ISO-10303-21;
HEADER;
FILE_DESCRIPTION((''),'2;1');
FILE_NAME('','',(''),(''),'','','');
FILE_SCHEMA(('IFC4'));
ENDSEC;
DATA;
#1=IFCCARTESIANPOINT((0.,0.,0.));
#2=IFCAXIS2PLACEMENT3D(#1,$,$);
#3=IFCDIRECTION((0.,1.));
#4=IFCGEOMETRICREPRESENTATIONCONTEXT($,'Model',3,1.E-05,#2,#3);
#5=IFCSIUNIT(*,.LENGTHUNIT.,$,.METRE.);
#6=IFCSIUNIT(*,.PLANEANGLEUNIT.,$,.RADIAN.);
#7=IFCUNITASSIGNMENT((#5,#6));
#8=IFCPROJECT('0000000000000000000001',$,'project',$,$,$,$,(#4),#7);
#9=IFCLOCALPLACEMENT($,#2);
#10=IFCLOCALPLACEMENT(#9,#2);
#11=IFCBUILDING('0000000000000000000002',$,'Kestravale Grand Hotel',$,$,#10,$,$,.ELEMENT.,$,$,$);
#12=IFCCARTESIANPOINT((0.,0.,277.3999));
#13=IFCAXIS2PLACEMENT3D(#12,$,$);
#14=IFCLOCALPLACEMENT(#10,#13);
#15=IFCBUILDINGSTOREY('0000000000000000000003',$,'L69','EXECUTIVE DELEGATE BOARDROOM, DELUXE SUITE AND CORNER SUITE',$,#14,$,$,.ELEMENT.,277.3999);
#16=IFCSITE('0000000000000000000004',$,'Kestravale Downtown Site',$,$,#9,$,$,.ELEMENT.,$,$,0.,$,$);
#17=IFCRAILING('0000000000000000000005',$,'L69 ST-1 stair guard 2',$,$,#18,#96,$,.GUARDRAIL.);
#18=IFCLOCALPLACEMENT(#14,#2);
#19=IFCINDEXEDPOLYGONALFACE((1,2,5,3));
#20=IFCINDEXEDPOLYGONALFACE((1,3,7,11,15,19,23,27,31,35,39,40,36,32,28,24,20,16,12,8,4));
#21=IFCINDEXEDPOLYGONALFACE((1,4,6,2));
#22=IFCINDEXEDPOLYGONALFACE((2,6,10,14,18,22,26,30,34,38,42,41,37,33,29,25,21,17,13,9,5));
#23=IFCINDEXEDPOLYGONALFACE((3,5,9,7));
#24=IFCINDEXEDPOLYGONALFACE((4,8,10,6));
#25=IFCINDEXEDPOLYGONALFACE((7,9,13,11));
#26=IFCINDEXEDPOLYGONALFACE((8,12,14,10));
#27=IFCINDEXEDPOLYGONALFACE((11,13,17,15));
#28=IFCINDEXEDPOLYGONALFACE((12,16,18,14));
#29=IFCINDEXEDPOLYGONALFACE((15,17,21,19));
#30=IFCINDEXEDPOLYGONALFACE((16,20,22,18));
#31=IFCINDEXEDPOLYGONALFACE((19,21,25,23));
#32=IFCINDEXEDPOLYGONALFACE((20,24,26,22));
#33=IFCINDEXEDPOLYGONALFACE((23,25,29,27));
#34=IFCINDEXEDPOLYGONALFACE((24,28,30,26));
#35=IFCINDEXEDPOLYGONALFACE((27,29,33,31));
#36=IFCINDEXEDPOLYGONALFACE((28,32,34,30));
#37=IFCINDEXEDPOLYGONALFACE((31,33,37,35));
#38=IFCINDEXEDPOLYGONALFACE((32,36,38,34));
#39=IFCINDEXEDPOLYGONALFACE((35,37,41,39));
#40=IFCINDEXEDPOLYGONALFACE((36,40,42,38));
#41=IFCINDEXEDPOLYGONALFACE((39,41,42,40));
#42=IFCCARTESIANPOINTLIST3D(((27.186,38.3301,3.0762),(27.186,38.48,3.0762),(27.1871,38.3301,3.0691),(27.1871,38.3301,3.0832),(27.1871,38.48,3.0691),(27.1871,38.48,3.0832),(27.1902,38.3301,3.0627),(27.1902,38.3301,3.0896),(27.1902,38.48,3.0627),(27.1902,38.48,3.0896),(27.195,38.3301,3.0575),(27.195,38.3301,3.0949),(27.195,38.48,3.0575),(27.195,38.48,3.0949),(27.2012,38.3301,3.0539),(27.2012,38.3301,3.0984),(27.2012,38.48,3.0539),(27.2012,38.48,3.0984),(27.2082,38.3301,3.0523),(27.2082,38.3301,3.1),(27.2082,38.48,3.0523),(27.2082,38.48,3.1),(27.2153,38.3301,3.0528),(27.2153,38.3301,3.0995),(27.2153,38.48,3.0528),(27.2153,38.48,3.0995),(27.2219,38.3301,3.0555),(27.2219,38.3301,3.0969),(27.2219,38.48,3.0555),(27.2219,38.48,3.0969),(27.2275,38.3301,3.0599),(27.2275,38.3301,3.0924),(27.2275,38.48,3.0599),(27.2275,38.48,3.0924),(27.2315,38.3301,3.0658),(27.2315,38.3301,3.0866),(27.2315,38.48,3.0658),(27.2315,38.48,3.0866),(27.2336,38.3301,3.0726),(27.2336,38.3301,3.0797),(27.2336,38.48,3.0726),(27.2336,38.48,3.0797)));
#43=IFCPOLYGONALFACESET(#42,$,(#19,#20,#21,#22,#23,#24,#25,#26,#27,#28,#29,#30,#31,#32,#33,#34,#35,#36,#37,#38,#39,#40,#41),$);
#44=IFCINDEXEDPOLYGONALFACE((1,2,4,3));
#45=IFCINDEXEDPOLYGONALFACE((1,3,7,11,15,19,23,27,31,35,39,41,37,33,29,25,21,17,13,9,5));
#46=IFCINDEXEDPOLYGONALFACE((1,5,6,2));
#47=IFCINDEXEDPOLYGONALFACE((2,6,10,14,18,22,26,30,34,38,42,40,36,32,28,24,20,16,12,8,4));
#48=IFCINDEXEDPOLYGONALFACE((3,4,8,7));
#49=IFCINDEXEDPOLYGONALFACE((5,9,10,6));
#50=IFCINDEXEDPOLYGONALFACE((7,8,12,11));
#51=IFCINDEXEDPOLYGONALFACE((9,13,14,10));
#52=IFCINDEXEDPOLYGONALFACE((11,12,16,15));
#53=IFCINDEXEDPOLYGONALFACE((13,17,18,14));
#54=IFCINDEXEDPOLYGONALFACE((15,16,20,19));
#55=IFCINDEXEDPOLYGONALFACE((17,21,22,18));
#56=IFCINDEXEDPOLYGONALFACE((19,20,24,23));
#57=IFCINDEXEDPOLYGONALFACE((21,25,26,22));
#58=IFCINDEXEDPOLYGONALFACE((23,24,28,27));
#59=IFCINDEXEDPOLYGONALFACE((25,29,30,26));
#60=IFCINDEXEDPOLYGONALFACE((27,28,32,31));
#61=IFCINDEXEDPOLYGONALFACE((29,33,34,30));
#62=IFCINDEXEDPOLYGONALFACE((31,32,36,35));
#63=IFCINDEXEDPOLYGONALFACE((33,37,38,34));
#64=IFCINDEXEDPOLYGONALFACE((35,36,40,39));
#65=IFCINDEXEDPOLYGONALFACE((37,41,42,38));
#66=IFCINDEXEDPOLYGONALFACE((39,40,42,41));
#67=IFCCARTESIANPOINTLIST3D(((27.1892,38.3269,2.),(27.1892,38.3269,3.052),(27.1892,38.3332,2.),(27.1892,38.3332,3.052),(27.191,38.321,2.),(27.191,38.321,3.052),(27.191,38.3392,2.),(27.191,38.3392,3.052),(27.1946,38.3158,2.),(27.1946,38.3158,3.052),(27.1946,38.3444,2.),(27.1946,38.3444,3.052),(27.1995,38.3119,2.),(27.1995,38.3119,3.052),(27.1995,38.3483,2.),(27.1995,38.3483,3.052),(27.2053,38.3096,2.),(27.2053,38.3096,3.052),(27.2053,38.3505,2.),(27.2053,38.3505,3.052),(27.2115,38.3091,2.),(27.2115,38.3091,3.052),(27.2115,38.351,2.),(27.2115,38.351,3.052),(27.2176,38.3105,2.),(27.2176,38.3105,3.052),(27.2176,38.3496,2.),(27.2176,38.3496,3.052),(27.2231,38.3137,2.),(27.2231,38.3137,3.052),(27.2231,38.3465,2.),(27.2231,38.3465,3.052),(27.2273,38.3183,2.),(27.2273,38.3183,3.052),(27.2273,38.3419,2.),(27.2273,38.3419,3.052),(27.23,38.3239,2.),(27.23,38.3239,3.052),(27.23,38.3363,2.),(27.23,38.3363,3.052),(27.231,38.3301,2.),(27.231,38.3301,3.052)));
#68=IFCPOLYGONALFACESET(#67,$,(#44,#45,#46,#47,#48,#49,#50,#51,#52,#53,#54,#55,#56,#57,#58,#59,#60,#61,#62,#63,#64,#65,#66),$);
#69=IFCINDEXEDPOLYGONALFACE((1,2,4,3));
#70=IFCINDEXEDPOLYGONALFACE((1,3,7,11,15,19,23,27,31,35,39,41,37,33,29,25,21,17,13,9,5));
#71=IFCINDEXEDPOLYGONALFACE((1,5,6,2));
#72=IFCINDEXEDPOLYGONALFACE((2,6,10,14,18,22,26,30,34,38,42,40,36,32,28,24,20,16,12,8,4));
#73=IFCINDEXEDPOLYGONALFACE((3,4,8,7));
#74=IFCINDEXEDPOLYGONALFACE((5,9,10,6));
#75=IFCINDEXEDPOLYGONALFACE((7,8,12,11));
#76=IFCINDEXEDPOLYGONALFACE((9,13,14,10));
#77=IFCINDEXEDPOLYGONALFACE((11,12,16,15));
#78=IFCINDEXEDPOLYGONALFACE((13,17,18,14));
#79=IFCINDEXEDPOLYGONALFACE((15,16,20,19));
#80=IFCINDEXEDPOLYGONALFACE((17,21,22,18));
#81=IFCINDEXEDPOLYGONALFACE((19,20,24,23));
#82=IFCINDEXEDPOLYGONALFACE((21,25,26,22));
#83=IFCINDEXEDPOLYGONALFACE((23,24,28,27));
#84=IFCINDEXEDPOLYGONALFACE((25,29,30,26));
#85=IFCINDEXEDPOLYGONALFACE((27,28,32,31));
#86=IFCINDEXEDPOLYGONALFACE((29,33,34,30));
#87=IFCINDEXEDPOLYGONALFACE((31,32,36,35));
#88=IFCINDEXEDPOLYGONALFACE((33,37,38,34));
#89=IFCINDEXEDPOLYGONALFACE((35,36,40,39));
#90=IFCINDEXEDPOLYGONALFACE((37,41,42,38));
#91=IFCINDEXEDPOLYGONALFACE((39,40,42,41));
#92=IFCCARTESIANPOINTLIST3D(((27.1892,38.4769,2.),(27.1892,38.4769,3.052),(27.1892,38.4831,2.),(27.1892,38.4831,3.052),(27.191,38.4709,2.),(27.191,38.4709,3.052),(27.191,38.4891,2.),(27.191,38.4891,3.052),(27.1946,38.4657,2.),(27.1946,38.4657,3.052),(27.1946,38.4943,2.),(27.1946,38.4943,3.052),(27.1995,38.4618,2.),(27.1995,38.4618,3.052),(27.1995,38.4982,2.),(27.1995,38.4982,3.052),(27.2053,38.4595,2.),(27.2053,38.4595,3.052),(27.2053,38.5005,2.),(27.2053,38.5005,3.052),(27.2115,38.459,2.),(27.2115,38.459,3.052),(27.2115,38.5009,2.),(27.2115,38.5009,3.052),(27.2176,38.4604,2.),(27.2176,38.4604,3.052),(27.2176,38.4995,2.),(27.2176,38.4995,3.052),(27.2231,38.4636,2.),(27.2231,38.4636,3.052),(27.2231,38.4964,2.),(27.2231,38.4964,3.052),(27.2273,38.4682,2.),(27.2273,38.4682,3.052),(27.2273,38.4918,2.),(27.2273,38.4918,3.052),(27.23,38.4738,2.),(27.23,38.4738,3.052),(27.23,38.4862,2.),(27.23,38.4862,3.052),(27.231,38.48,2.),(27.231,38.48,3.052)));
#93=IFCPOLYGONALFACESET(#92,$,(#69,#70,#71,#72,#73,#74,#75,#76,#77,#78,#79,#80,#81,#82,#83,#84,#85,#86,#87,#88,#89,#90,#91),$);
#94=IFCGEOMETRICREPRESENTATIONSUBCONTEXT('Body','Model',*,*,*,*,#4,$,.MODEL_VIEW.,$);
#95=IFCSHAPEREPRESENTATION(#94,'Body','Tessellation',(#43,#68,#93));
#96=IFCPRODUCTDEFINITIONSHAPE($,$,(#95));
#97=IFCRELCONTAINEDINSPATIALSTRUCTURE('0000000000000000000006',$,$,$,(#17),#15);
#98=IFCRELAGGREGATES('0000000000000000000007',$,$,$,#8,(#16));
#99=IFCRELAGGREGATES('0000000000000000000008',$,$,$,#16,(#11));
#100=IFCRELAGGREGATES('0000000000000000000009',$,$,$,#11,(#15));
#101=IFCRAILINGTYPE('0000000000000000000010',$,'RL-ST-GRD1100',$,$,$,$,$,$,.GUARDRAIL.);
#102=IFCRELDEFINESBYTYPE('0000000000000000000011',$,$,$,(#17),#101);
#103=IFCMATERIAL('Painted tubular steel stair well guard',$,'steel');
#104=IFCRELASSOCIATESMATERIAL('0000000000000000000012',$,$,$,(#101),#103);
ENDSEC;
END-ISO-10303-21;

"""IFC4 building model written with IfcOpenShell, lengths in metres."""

from ifc_helpers import new_model, si_unit, direction, frame, origin, origin_2d, place, context, subcontext, project, spatial, circle, extrude, material, type_object, element, save


model = new_model("IFC4")

# Units and contexts
model_context = context("Model", 3, precision=1e-05, world=origin(), true_north=direction((0.0, 1.0)))
body_context = subcontext(model_context, "Body", "Model", "MODEL_VIEW")
ifc_project = project(units=[si_unit("LENGTHUNIT", "METRE"), si_unit("PLANEANGLEUNIT", "RADIAN")], contexts=[model_context])

# Site, building, storey
site_placement = place(None, origin())
site = spatial("IfcSite", under=ifc_project, at=site_placement, Name="Kestravale Downtown Site", CompositionType="ELEMENT", RefElevation=0.0)
building_placement = place(site_placement, origin())
building = spatial("IfcBuilding", under=site, at=building_placement, Name="Kestravale Grand Hotel", CompositionType="ELEMENT")
storey_placement = place(building_placement, frame((0.0, 0.0, 277.3999)))
storey = spatial("IfcBuildingStorey", under=building, at=storey_placement, Name="L69", Description="EXECUTIVE DELEGATE BOARDROOM, DELUXE SUITE AND CORNER SUITE", CompositionType="ELEMENT", Elevation=277.3999)

# Railing
ifc_material_1 = material(Name="Painted tubular steel stair well guard", Category="steel")
railing_type_1 = type_object("IfcRailingType", Name="RL-ST-GRD1100", PredefinedType="GUARDRAIL", material=ifc_material_1)
railing_1_placement = place(storey_placement, frame((27.21, 38.3301, 2.0)))
element("IfcRailing", 1, at=railing_1_placement, inside=storey, type_object=railing_type_1, Name="L69 ST-1 stair guard 2", PredefinedType="GUARDRAIL", context=body_context, shape_type="SweptSolid", body=[
    extrude(circle(Radius=0.0239, at=origin_2d()), frame((0.0, 0.0, 1.0762), z_axis=(0.0, 1.0, 0.0), x_axis=(-1.0, 0.0, 0.0)), (0.0, 0.0, 1.0), 0.1499),
    extrude(circle(Radius=0.021, at=origin_2d()), origin(), (0.0, 0.0, 1.0), 1.052),
    extrude(circle(Radius=0.021, at=origin_2d()), frame((0.0, 0.1499, 0.0)), (0.0, 0.0, 1.0), 1.052),
])

save(model, "model.ifc")
